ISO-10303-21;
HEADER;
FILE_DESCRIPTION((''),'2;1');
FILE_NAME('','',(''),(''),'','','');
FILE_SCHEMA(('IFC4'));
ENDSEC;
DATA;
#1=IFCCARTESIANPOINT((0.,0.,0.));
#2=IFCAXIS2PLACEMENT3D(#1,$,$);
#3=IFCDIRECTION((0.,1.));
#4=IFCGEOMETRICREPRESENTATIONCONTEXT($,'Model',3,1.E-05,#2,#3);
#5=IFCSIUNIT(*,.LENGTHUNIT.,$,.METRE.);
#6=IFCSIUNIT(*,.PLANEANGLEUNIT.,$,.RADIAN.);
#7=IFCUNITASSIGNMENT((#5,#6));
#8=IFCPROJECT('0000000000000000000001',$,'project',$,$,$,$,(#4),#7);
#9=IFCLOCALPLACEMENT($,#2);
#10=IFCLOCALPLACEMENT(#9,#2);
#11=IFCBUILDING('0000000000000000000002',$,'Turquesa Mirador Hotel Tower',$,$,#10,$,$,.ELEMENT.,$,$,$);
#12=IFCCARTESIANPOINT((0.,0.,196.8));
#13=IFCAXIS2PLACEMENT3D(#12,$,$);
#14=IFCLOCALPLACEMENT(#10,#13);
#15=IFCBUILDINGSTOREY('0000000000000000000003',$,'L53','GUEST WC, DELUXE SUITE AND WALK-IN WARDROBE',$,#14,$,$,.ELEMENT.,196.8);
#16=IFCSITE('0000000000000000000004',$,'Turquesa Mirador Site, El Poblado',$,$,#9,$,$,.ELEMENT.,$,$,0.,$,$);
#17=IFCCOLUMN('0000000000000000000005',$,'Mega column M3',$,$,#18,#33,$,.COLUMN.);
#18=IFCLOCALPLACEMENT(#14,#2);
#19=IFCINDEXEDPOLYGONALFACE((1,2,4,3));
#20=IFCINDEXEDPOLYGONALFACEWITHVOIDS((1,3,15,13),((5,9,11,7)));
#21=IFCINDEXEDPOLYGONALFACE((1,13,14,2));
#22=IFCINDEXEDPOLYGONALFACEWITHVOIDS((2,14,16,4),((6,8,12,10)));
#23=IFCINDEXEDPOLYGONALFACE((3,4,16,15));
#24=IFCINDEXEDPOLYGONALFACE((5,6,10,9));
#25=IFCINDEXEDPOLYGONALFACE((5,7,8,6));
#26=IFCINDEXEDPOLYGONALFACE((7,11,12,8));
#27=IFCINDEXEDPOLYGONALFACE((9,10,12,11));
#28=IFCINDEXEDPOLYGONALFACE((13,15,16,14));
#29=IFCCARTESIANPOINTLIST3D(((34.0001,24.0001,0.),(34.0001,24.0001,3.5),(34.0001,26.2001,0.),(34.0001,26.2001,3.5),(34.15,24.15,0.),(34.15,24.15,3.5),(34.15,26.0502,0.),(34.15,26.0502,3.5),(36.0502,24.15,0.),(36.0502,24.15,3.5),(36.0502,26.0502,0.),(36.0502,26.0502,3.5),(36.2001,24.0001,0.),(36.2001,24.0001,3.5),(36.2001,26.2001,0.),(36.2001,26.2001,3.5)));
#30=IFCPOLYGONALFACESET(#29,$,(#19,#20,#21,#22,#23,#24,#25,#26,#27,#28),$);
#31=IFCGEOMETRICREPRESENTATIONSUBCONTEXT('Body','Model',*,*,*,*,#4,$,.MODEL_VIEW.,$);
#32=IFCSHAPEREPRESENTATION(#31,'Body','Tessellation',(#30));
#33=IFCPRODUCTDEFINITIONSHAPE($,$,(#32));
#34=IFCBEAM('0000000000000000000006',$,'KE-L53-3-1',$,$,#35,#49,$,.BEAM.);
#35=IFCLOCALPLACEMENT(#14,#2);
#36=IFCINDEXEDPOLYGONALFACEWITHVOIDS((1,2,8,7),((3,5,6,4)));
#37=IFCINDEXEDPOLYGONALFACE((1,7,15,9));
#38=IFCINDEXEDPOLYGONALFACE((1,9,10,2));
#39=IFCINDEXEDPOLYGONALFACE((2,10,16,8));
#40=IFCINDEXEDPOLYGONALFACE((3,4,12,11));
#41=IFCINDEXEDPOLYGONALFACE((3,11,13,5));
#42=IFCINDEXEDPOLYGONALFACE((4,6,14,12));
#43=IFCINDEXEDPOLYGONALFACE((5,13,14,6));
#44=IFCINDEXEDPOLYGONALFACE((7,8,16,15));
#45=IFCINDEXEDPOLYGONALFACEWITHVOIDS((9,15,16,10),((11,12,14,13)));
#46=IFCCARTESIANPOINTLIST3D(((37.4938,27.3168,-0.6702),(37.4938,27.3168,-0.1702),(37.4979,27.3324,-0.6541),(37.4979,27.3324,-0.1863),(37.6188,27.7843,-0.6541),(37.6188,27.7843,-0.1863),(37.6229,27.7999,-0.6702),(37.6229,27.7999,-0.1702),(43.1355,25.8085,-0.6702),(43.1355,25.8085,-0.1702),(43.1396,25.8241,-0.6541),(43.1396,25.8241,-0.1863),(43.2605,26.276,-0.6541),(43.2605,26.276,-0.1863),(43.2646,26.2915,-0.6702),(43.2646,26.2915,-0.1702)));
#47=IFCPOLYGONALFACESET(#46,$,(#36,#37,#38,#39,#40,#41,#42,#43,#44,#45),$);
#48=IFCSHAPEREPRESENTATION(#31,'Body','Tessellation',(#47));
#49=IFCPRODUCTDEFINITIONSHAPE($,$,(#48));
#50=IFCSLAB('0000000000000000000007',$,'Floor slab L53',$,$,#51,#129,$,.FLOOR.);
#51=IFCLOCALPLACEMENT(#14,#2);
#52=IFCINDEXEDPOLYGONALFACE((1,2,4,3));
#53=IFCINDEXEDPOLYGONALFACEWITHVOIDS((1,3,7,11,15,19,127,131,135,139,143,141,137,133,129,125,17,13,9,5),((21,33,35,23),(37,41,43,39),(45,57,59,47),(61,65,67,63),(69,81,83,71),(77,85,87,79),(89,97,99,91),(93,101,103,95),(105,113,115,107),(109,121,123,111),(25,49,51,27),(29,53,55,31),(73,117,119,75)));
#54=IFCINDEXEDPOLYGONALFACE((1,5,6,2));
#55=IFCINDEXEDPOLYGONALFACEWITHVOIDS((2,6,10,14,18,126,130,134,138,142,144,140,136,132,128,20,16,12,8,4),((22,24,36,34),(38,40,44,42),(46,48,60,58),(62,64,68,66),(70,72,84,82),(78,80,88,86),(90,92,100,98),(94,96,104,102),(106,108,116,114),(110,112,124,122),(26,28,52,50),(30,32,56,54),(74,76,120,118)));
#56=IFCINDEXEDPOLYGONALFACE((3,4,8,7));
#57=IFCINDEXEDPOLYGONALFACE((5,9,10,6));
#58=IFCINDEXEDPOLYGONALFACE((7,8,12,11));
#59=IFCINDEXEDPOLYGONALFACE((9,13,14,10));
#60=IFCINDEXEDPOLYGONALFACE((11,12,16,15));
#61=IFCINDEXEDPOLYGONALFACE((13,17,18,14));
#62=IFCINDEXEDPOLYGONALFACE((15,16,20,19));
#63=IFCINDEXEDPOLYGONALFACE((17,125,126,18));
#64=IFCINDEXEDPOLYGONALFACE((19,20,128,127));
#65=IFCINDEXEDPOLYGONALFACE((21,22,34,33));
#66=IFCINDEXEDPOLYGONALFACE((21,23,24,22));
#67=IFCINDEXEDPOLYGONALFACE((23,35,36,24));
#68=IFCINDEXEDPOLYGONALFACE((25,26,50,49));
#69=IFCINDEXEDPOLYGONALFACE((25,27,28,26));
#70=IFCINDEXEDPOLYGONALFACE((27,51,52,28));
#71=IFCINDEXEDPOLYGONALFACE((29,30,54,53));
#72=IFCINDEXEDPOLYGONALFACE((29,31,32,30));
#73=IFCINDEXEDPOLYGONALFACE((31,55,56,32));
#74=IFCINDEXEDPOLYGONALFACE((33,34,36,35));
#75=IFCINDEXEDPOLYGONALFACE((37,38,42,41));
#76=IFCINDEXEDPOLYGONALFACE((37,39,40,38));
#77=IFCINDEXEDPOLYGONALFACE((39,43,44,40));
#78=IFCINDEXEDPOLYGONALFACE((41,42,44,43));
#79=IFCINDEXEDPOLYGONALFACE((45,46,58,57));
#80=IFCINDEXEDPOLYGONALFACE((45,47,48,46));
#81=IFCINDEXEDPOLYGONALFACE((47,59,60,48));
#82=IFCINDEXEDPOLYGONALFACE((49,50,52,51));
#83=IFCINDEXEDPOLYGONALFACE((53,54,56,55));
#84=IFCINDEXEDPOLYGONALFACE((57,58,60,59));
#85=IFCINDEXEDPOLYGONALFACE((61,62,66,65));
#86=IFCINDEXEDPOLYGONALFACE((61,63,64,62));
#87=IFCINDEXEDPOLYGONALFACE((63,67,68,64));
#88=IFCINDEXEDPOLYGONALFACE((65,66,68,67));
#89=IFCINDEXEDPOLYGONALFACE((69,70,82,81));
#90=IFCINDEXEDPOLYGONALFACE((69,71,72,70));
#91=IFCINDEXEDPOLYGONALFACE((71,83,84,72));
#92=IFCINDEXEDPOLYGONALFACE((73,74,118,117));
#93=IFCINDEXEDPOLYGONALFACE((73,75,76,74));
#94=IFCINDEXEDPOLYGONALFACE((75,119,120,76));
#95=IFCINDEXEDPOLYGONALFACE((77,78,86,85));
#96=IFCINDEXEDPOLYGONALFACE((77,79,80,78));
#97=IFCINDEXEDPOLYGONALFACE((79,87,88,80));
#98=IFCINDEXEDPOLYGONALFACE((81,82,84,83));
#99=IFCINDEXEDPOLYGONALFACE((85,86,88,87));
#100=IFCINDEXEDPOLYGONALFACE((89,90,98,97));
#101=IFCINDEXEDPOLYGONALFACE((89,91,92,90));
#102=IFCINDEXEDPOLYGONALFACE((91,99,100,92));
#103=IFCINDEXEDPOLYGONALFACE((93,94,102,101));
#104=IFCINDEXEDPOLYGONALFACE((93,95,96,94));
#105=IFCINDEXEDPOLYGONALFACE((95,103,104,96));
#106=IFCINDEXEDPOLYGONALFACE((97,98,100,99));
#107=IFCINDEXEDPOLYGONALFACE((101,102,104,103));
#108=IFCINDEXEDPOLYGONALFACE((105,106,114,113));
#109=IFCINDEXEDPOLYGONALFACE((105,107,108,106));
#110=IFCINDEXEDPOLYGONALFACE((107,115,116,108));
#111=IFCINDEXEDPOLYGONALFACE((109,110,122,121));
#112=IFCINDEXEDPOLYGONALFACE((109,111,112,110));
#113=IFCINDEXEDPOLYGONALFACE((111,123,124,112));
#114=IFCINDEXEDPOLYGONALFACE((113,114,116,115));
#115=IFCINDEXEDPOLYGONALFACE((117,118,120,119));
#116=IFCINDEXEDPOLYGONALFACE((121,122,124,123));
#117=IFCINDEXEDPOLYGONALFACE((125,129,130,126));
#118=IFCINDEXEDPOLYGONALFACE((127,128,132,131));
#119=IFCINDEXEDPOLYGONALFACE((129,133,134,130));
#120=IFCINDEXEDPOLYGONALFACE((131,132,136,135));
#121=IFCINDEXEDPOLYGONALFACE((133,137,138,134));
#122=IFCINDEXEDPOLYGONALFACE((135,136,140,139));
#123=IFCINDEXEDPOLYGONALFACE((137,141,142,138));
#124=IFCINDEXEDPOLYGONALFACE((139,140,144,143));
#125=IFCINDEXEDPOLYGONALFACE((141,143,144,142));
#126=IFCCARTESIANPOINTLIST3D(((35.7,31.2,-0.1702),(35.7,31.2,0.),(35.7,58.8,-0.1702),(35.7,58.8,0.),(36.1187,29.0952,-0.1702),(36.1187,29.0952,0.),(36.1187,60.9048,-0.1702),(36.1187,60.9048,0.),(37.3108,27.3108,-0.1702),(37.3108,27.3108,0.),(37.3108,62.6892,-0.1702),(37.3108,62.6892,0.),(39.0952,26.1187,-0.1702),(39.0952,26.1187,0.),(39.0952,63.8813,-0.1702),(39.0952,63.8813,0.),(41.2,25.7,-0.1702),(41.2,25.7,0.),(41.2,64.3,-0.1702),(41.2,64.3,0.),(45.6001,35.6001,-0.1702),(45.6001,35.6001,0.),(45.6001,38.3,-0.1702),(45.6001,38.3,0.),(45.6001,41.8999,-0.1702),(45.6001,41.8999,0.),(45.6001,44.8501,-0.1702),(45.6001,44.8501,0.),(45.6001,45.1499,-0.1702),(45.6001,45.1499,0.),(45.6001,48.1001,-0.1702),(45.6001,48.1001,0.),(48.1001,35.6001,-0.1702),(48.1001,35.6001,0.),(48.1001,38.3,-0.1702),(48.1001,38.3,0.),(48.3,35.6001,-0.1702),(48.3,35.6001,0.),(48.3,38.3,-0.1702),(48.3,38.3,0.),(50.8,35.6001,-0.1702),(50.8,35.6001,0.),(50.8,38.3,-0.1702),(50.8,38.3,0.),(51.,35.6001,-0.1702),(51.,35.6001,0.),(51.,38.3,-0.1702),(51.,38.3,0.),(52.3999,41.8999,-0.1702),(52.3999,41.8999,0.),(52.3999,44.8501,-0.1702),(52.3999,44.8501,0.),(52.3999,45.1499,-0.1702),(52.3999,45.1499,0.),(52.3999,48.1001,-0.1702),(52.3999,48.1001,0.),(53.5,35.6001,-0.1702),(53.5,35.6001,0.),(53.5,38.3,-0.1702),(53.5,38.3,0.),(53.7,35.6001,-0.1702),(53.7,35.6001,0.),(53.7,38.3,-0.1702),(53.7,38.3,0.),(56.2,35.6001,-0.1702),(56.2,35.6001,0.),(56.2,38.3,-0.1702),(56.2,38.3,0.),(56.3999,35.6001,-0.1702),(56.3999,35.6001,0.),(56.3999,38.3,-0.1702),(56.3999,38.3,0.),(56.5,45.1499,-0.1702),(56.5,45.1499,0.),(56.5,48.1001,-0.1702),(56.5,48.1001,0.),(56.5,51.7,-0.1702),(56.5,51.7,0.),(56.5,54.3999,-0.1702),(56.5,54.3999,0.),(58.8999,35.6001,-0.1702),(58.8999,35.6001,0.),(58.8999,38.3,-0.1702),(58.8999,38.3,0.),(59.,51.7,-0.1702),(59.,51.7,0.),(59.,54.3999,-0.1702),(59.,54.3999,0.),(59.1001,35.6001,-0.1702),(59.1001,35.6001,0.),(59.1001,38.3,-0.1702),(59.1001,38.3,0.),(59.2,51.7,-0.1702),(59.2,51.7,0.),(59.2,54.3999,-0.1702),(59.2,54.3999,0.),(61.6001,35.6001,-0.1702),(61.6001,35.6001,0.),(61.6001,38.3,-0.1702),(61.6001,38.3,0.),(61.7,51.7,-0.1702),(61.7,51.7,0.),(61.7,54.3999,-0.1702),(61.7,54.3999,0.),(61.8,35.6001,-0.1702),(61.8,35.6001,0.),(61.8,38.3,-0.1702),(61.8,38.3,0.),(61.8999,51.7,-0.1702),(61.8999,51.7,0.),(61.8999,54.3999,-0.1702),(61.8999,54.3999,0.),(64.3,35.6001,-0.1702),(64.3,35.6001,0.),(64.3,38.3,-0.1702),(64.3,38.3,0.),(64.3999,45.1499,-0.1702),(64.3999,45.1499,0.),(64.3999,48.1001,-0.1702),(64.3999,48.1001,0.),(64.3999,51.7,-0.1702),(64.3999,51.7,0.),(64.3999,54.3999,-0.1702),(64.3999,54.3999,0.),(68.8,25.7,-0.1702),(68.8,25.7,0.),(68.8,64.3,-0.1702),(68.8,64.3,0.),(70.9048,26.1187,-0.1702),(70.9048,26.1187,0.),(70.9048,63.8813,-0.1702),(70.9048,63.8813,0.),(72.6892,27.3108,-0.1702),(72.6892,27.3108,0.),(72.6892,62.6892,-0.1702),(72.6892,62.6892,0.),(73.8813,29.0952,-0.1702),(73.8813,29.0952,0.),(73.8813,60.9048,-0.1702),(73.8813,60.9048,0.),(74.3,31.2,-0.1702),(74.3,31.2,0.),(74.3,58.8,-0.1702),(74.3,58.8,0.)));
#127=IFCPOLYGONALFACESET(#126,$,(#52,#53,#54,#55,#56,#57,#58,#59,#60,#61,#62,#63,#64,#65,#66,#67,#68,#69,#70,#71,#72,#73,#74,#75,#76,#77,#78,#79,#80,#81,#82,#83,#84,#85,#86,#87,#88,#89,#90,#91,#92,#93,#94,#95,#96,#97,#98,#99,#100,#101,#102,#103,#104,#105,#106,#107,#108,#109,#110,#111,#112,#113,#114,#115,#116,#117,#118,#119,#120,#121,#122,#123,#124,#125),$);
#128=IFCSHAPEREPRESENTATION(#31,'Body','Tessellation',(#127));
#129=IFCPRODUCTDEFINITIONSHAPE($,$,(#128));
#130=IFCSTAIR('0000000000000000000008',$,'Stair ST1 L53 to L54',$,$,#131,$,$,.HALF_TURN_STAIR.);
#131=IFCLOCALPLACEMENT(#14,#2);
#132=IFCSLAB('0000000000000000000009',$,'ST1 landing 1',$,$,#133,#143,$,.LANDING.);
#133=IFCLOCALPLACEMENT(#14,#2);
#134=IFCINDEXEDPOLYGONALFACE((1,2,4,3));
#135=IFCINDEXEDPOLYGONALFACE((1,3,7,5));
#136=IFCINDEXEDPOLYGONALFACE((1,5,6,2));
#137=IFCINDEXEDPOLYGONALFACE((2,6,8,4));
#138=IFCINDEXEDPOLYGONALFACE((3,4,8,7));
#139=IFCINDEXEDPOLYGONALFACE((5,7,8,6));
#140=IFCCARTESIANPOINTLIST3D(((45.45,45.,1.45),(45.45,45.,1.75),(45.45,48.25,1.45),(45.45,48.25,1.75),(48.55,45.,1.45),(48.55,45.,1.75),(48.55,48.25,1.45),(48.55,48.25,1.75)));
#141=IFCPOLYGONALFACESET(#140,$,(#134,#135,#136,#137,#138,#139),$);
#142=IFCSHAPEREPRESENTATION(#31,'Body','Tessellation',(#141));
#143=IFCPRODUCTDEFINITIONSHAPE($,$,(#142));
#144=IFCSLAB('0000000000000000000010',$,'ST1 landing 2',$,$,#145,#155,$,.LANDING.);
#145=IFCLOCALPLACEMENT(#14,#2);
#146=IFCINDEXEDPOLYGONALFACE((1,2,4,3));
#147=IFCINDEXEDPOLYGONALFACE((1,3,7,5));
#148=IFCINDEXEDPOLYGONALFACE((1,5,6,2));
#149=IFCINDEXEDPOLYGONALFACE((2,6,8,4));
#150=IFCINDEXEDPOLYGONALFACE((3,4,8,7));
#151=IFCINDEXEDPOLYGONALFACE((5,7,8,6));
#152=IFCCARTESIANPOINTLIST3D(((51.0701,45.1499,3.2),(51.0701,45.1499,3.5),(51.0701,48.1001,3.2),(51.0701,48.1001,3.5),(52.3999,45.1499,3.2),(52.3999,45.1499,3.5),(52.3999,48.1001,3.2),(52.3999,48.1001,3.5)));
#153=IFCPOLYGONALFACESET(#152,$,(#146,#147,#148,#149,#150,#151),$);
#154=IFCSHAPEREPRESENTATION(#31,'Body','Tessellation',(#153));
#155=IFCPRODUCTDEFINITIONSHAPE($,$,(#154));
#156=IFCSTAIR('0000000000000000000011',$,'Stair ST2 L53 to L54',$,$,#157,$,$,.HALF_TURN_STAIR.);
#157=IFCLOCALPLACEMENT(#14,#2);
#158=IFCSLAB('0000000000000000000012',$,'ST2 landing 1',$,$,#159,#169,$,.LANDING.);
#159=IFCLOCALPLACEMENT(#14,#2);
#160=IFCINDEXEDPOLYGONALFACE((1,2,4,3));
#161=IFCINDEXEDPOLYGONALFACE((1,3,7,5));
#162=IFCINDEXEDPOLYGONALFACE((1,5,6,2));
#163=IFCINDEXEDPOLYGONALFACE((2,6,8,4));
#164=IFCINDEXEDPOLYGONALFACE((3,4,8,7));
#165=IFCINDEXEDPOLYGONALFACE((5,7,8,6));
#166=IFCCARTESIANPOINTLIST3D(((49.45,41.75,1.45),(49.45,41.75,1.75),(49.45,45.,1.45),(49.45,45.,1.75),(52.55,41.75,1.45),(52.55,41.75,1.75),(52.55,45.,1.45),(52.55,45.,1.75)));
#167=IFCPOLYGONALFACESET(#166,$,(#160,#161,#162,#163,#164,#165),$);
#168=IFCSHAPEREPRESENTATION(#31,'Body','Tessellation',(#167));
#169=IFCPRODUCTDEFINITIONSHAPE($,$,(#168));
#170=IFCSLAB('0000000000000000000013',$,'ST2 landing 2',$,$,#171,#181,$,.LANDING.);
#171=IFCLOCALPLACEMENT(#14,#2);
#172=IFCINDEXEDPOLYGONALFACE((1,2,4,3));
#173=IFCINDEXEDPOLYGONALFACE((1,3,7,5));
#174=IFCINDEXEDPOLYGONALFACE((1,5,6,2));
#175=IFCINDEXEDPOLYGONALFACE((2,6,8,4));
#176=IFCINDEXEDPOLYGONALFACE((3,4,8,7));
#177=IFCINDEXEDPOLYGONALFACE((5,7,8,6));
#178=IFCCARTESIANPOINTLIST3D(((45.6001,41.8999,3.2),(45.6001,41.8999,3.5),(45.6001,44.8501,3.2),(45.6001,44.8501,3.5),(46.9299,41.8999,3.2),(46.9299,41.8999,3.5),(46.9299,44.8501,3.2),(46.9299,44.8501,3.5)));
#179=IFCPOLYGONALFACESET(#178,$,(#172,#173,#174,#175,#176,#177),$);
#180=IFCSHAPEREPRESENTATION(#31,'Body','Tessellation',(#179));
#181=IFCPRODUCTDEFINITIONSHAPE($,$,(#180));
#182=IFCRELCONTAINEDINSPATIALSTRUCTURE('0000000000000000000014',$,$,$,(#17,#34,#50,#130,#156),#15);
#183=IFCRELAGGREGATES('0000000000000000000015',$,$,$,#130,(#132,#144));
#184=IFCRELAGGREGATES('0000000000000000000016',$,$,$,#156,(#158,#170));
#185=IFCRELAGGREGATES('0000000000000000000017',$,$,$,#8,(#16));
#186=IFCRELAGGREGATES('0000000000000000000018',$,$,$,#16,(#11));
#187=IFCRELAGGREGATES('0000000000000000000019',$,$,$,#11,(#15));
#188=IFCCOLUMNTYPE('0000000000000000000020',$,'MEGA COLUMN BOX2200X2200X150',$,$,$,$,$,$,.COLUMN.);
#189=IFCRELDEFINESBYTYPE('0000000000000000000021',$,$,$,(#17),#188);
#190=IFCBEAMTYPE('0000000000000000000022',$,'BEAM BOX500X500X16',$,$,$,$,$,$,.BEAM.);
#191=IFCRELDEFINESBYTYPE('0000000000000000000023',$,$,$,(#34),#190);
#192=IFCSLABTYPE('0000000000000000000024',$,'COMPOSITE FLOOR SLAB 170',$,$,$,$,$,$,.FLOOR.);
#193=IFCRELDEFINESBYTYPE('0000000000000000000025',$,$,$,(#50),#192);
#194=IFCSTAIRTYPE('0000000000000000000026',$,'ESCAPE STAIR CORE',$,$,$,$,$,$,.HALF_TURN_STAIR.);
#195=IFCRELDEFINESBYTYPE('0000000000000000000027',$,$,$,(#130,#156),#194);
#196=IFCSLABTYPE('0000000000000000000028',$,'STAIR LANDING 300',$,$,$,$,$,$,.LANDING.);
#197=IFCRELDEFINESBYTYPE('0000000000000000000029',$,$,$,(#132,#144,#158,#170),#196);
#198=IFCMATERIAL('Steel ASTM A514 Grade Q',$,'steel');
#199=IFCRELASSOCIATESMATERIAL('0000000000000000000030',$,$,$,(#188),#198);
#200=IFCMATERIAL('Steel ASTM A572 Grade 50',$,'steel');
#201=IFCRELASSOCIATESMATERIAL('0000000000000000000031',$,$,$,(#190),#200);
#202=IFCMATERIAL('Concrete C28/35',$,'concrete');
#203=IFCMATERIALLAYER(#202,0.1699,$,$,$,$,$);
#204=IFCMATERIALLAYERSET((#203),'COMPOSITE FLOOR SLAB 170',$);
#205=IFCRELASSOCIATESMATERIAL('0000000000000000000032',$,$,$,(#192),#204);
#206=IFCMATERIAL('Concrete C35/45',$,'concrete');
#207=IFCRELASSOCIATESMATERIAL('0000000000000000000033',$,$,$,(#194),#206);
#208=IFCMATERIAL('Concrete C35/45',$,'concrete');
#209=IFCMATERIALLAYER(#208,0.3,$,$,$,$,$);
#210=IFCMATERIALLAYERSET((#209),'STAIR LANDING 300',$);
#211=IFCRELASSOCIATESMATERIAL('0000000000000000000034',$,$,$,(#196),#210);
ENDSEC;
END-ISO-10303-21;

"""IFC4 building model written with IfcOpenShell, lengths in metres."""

from ifc_helpers import new_model, si_unit, direction, frame, origin, origin_2d, place, context, subcontext, project, spatial, polyline, hollow_rectangle, outline, extrude, material, layer, layer_set, material_profile, profile_set, type_object, element, aggregate, save


model = new_model("IFC4")

# Units and contexts
model_context = context("Model", 3, precision=1e-05, world=origin(), true_north=direction((0.0, 1.0)))
body_context = subcontext(model_context, "Body", "Model", "MODEL_VIEW")
ifc_project = project(units=[si_unit("LENGTHUNIT", "METRE"), si_unit("PLANEANGLEUNIT", "RADIAN")], contexts=[model_context])

# Site, building, storey
site_placement = place(None, origin())
site = spatial("IfcSite", under=ifc_project, at=site_placement, Name="Turquesa Mirador Site, El Poblado", CompositionType="ELEMENT", RefElevation=0.0)
building_placement = place(site_placement, origin())
building = spatial("IfcBuilding", under=site, at=building_placement, Name="Turquesa Mirador Hotel Tower", CompositionType="ELEMENT")
storey_placement = place(building_placement, frame((0.0, 0.0, 196.8)))
storey = spatial("IfcBuildingStorey", under=building, at=storey_placement, Name="L53", Description="GUEST WC, DELUXE SUITE AND WALK-IN WARDROBE", CompositionType="ELEMENT", Elevation=196.8)

# Column
ifc_material_1 = material(Name="Steel ASTM A514 Grade Q", Category="steel")
ifc_material_profile_1 = material_profile(ifc_material_1, hollow_rectangle(XDim=2.2, YDim=2.2, WallThickness=0.1499, at=origin_2d()), Name="BOX2200X2200X150")
ifc_profile_set_1 = profile_set([ifc_material_profile_1], Name="Steel ASTM A514 Grade Q")
column_type = type_object("IfcColumnType", Name="MEGA COLUMN BOX2200X2200X150", PredefinedType="COLUMN", material=ifc_profile_set_1)
column_placement = place(storey_placement, frame((35.1001, 25.1001, 0.0), z_axis=(0.0, 0.0, 1.0), x_axis=(1.0, 0.0, 0.0)))
element("IfcColumn", 1, at=column_placement, inside=storey, type_object=column_type, Name="Mega column M3", PredefinedType="COLUMN", context=body_context, shape_type="SweptSolid", body=[
    extrude(hollow_rectangle(XDim=2.2, YDim=2.2, WallThickness=0.1499, at=origin_2d()), origin(), (0.0, 0.0, 1.0), 3.5),
])

# Beam
ifc_material_2 = material(Name="Steel ASTM A572 Grade 50", Category="steel")
ifc_material_profile_2 = material_profile(ifc_material_2, hollow_rectangle(XDim=0.5, YDim=0.5, WallThickness=0.0161, at=origin_2d()), Name="BOX500X500X16")
ifc_profile_set_2 = profile_set([ifc_material_profile_2], Name="Steel ASTM A572 Grade 50")
beam_type = type_object("IfcBeamType", Name="BEAM BOX500X500X16", PredefinedType="BEAM", material=ifc_profile_set_2)
beam_placement = place(storey_placement, frame((37.5583, 27.5583, -0.4202), z_axis=(0.96607, -0.258282, 0.0), x_axis=(0.258282, 0.96607, 0.0)))
element("IfcBeam", 2, at=beam_placement, inside=storey, type_object=beam_type, Name="KE-L53-3-1", PredefinedType="BEAM", context=body_context, shape_type="SweptSolid", body=[
    extrude(hollow_rectangle(XDim=0.5, YDim=0.5, WallThickness=0.0161, at=origin_2d()), origin(), (0.0, 0.0, 1.0), 5.8398),
])

# Slab
ifc_material_3 = material(Name="Concrete C28/35", Category="concrete")
ifc_layer_1 = layer(ifc_material_3, 0.1699)
ifc_layer_set_1 = layer_set([ifc_layer_1], Name="COMPOSITE FLOOR SLAB 170")
slab_type_1 = type_object("IfcSlabType", Name="COMPOSITE FLOOR SLAB 170", PredefinedType="FLOOR", material=ifc_layer_set_1)
slab_1_placement = place(storey_placement, frame((0.0, 0.0, -0.1702)))
element("IfcSlab", 3, at=slab_1_placement, inside=storey, type_object=slab_type_1, Name="Floor slab L53", PredefinedType="FLOOR", context=body_context, shape_type="SweptSolid", body=[
    extrude(outline(polyline([(68.8, 25.7), (70.9048, 26.1187), (72.6892, 27.3108), (73.8813, 29.0952), (74.3, 31.2), (74.3, 58.8), (73.8813, 60.9048), (72.6892, 62.6892), (70.9048, 63.8813), (68.8, 64.3), (41.2, 64.3), (39.0952, 63.8813), (37.3108, 62.6892), (36.1187, 60.9048), (35.7, 58.8), (35.7, 31.2), (36.1187, 29.0952), (37.3108, 27.3108), (39.0952, 26.1187), (41.2, 25.7), (68.8, 25.7)]), holes=[polyline([(56.5, 51.7), (59.0, 51.7), (59.0, 54.3999), (56.5, 54.3999), (56.5, 51.7)]), polyline([(59.2, 51.7), (61.7, 51.7), (61.7, 54.3999), (59.2, 54.3999), (59.2, 51.7)]), polyline([(45.6001, 35.6001), (48.1001, 35.6001), (48.1001, 38.3), (45.6001, 38.3), (45.6001, 35.6001)]), polyline([(48.3, 35.6001), (50.8, 35.6001), (50.8, 38.3), (48.3, 38.3), (48.3, 35.6001)]), polyline([(51.0, 35.6001), (53.5, 35.6001), (53.5, 38.3), (51.0, 38.3), (51.0, 35.6001)]), polyline([(53.7, 35.6001), (56.2, 35.6001), (56.2, 38.3), (53.7, 38.3), (53.7, 35.6001)]), polyline([(56.3999, 35.6001), (58.8999, 35.6001), (58.8999, 38.3), (56.3999, 38.3), (56.3999, 35.6001)]), polyline([(59.1001, 35.6001), (61.6001, 35.6001), (61.6001, 38.3), (59.1001, 38.3), (59.1001, 35.6001)]), polyline([(61.8, 35.6001), (64.3, 35.6001), (64.3, 38.3), (61.8, 38.3), (61.8, 35.6001)]), polyline([(45.6001, 45.1499), (52.3999, 45.1499), (52.3999, 48.1001), (45.6001, 48.1001), (45.6001, 45.1499)]), polyline([(45.6001, 41.8999), (52.3999, 41.8999), (52.3999, 44.8501), (45.6001, 44.8501), (45.6001, 41.8999)]), polyline([(56.5, 45.1499), (64.3999, 45.1499), (64.3999, 48.1001), (56.5, 48.1001), (56.5, 45.1499)]), polyline([(61.8999, 51.7), (64.3999, 51.7), (64.3999, 54.3999), (61.8999, 54.3999), (61.8999, 51.7)])]), origin(), (0.0, 0.0, 1.0), 0.1702),
])

# Stairs, slabs
ifc_material_4 = material(Name="Concrete C35/45", Category="concrete")
stair_type = type_object("IfcStairType", Name="ESCAPE STAIR CORE", PredefinedType="HALF_TURN_STAIR", material=ifc_material_4)
stair_1_placement = place(storey_placement, origin())
stair_1 = element("IfcStair", 4, at=stair_1_placement, inside=storey, type_object=stair_type, Name="Stair ST1 L53 to L54", PredefinedType="HALF_TURN_STAIR")
ifc_material_5 = material(Name="Concrete C35/45", Category="concrete")
ifc_layer_2 = layer(ifc_material_5, 0.3)
ifc_layer_set_2 = layer_set([ifc_layer_2], Name="STAIR LANDING 300")
slab_type_2 = type_object("IfcSlabType", Name="STAIR LANDING 300", PredefinedType="LANDING", material=ifc_layer_set_2)
slab_2_placement = place(storey_placement, frame((0.0, 0.0, 1.45)))
slab_2 = element("IfcSlab", 5, at=slab_2_placement, type_object=slab_type_2, Name="ST1 landing 1", PredefinedType="LANDING", context=body_context, shape_type="SweptSolid", body=[
    extrude(outline(polyline([(45.45, 45.0), (48.55, 45.0), (48.55, 48.25), (45.45, 48.25), (45.45, 45.0)])), origin(), (0.0, 0.0, 1.0), 0.3),
])
slab_3_placement = place(storey_placement, frame((0.0, 0.0, 3.2)))
slab_3 = element("IfcSlab", 6, at=slab_3_placement, type_object=slab_type_2, Name="ST1 landing 2", PredefinedType="LANDING", context=body_context, shape_type="SweptSolid", body=[
    extrude(outline(polyline([(51.0701, 45.1499), (52.3999, 45.1499), (52.3999, 48.1001), (51.0701, 48.1001), (51.0701, 45.1499)])), origin(), (0.0, 0.0, 1.0), 0.3),
])
aggregate(stair_1, [slab_2, slab_3])
stair_2_placement = place(storey_placement, origin())
stair_2 = element("IfcStair", 7, at=stair_2_placement, inside=storey, type_object=stair_type, Name="Stair ST2 L53 to L54", PredefinedType="HALF_TURN_STAIR")
slab_4_placement = place(storey_placement, frame((0.0, 0.0, 1.45)))
slab_4 = element("IfcSlab", 8, at=slab_4_placement, type_object=slab_type_2, Name="ST2 landing 1", PredefinedType="LANDING", context=body_context, shape_type="SweptSolid", body=[
    extrude(outline(polyline([(52.55, 45.0), (49.45, 45.0), (49.45, 41.75), (52.55, 41.75), (52.55, 45.0)])), origin(), (0.0, 0.0, 1.0), 0.3),
])
slab_5_placement = place(storey_placement, frame((0.0, 0.0, 3.2)))
slab_5 = element("IfcSlab", 9, at=slab_5_placement, type_object=slab_type_2, Name="ST2 landing 2", PredefinedType="LANDING", context=body_context, shape_type="SweptSolid", body=[
    extrude(outline(polyline([(46.9299, 44.8501), (45.6001, 44.8501), (45.6001, 41.8999), (46.9299, 41.8999), (46.9299, 44.8501)])), origin(), (0.0, 0.0, 1.0), 0.3),
])
aggregate(stair_2, [slab_4, slab_5])

save(model, "model.ifc")
